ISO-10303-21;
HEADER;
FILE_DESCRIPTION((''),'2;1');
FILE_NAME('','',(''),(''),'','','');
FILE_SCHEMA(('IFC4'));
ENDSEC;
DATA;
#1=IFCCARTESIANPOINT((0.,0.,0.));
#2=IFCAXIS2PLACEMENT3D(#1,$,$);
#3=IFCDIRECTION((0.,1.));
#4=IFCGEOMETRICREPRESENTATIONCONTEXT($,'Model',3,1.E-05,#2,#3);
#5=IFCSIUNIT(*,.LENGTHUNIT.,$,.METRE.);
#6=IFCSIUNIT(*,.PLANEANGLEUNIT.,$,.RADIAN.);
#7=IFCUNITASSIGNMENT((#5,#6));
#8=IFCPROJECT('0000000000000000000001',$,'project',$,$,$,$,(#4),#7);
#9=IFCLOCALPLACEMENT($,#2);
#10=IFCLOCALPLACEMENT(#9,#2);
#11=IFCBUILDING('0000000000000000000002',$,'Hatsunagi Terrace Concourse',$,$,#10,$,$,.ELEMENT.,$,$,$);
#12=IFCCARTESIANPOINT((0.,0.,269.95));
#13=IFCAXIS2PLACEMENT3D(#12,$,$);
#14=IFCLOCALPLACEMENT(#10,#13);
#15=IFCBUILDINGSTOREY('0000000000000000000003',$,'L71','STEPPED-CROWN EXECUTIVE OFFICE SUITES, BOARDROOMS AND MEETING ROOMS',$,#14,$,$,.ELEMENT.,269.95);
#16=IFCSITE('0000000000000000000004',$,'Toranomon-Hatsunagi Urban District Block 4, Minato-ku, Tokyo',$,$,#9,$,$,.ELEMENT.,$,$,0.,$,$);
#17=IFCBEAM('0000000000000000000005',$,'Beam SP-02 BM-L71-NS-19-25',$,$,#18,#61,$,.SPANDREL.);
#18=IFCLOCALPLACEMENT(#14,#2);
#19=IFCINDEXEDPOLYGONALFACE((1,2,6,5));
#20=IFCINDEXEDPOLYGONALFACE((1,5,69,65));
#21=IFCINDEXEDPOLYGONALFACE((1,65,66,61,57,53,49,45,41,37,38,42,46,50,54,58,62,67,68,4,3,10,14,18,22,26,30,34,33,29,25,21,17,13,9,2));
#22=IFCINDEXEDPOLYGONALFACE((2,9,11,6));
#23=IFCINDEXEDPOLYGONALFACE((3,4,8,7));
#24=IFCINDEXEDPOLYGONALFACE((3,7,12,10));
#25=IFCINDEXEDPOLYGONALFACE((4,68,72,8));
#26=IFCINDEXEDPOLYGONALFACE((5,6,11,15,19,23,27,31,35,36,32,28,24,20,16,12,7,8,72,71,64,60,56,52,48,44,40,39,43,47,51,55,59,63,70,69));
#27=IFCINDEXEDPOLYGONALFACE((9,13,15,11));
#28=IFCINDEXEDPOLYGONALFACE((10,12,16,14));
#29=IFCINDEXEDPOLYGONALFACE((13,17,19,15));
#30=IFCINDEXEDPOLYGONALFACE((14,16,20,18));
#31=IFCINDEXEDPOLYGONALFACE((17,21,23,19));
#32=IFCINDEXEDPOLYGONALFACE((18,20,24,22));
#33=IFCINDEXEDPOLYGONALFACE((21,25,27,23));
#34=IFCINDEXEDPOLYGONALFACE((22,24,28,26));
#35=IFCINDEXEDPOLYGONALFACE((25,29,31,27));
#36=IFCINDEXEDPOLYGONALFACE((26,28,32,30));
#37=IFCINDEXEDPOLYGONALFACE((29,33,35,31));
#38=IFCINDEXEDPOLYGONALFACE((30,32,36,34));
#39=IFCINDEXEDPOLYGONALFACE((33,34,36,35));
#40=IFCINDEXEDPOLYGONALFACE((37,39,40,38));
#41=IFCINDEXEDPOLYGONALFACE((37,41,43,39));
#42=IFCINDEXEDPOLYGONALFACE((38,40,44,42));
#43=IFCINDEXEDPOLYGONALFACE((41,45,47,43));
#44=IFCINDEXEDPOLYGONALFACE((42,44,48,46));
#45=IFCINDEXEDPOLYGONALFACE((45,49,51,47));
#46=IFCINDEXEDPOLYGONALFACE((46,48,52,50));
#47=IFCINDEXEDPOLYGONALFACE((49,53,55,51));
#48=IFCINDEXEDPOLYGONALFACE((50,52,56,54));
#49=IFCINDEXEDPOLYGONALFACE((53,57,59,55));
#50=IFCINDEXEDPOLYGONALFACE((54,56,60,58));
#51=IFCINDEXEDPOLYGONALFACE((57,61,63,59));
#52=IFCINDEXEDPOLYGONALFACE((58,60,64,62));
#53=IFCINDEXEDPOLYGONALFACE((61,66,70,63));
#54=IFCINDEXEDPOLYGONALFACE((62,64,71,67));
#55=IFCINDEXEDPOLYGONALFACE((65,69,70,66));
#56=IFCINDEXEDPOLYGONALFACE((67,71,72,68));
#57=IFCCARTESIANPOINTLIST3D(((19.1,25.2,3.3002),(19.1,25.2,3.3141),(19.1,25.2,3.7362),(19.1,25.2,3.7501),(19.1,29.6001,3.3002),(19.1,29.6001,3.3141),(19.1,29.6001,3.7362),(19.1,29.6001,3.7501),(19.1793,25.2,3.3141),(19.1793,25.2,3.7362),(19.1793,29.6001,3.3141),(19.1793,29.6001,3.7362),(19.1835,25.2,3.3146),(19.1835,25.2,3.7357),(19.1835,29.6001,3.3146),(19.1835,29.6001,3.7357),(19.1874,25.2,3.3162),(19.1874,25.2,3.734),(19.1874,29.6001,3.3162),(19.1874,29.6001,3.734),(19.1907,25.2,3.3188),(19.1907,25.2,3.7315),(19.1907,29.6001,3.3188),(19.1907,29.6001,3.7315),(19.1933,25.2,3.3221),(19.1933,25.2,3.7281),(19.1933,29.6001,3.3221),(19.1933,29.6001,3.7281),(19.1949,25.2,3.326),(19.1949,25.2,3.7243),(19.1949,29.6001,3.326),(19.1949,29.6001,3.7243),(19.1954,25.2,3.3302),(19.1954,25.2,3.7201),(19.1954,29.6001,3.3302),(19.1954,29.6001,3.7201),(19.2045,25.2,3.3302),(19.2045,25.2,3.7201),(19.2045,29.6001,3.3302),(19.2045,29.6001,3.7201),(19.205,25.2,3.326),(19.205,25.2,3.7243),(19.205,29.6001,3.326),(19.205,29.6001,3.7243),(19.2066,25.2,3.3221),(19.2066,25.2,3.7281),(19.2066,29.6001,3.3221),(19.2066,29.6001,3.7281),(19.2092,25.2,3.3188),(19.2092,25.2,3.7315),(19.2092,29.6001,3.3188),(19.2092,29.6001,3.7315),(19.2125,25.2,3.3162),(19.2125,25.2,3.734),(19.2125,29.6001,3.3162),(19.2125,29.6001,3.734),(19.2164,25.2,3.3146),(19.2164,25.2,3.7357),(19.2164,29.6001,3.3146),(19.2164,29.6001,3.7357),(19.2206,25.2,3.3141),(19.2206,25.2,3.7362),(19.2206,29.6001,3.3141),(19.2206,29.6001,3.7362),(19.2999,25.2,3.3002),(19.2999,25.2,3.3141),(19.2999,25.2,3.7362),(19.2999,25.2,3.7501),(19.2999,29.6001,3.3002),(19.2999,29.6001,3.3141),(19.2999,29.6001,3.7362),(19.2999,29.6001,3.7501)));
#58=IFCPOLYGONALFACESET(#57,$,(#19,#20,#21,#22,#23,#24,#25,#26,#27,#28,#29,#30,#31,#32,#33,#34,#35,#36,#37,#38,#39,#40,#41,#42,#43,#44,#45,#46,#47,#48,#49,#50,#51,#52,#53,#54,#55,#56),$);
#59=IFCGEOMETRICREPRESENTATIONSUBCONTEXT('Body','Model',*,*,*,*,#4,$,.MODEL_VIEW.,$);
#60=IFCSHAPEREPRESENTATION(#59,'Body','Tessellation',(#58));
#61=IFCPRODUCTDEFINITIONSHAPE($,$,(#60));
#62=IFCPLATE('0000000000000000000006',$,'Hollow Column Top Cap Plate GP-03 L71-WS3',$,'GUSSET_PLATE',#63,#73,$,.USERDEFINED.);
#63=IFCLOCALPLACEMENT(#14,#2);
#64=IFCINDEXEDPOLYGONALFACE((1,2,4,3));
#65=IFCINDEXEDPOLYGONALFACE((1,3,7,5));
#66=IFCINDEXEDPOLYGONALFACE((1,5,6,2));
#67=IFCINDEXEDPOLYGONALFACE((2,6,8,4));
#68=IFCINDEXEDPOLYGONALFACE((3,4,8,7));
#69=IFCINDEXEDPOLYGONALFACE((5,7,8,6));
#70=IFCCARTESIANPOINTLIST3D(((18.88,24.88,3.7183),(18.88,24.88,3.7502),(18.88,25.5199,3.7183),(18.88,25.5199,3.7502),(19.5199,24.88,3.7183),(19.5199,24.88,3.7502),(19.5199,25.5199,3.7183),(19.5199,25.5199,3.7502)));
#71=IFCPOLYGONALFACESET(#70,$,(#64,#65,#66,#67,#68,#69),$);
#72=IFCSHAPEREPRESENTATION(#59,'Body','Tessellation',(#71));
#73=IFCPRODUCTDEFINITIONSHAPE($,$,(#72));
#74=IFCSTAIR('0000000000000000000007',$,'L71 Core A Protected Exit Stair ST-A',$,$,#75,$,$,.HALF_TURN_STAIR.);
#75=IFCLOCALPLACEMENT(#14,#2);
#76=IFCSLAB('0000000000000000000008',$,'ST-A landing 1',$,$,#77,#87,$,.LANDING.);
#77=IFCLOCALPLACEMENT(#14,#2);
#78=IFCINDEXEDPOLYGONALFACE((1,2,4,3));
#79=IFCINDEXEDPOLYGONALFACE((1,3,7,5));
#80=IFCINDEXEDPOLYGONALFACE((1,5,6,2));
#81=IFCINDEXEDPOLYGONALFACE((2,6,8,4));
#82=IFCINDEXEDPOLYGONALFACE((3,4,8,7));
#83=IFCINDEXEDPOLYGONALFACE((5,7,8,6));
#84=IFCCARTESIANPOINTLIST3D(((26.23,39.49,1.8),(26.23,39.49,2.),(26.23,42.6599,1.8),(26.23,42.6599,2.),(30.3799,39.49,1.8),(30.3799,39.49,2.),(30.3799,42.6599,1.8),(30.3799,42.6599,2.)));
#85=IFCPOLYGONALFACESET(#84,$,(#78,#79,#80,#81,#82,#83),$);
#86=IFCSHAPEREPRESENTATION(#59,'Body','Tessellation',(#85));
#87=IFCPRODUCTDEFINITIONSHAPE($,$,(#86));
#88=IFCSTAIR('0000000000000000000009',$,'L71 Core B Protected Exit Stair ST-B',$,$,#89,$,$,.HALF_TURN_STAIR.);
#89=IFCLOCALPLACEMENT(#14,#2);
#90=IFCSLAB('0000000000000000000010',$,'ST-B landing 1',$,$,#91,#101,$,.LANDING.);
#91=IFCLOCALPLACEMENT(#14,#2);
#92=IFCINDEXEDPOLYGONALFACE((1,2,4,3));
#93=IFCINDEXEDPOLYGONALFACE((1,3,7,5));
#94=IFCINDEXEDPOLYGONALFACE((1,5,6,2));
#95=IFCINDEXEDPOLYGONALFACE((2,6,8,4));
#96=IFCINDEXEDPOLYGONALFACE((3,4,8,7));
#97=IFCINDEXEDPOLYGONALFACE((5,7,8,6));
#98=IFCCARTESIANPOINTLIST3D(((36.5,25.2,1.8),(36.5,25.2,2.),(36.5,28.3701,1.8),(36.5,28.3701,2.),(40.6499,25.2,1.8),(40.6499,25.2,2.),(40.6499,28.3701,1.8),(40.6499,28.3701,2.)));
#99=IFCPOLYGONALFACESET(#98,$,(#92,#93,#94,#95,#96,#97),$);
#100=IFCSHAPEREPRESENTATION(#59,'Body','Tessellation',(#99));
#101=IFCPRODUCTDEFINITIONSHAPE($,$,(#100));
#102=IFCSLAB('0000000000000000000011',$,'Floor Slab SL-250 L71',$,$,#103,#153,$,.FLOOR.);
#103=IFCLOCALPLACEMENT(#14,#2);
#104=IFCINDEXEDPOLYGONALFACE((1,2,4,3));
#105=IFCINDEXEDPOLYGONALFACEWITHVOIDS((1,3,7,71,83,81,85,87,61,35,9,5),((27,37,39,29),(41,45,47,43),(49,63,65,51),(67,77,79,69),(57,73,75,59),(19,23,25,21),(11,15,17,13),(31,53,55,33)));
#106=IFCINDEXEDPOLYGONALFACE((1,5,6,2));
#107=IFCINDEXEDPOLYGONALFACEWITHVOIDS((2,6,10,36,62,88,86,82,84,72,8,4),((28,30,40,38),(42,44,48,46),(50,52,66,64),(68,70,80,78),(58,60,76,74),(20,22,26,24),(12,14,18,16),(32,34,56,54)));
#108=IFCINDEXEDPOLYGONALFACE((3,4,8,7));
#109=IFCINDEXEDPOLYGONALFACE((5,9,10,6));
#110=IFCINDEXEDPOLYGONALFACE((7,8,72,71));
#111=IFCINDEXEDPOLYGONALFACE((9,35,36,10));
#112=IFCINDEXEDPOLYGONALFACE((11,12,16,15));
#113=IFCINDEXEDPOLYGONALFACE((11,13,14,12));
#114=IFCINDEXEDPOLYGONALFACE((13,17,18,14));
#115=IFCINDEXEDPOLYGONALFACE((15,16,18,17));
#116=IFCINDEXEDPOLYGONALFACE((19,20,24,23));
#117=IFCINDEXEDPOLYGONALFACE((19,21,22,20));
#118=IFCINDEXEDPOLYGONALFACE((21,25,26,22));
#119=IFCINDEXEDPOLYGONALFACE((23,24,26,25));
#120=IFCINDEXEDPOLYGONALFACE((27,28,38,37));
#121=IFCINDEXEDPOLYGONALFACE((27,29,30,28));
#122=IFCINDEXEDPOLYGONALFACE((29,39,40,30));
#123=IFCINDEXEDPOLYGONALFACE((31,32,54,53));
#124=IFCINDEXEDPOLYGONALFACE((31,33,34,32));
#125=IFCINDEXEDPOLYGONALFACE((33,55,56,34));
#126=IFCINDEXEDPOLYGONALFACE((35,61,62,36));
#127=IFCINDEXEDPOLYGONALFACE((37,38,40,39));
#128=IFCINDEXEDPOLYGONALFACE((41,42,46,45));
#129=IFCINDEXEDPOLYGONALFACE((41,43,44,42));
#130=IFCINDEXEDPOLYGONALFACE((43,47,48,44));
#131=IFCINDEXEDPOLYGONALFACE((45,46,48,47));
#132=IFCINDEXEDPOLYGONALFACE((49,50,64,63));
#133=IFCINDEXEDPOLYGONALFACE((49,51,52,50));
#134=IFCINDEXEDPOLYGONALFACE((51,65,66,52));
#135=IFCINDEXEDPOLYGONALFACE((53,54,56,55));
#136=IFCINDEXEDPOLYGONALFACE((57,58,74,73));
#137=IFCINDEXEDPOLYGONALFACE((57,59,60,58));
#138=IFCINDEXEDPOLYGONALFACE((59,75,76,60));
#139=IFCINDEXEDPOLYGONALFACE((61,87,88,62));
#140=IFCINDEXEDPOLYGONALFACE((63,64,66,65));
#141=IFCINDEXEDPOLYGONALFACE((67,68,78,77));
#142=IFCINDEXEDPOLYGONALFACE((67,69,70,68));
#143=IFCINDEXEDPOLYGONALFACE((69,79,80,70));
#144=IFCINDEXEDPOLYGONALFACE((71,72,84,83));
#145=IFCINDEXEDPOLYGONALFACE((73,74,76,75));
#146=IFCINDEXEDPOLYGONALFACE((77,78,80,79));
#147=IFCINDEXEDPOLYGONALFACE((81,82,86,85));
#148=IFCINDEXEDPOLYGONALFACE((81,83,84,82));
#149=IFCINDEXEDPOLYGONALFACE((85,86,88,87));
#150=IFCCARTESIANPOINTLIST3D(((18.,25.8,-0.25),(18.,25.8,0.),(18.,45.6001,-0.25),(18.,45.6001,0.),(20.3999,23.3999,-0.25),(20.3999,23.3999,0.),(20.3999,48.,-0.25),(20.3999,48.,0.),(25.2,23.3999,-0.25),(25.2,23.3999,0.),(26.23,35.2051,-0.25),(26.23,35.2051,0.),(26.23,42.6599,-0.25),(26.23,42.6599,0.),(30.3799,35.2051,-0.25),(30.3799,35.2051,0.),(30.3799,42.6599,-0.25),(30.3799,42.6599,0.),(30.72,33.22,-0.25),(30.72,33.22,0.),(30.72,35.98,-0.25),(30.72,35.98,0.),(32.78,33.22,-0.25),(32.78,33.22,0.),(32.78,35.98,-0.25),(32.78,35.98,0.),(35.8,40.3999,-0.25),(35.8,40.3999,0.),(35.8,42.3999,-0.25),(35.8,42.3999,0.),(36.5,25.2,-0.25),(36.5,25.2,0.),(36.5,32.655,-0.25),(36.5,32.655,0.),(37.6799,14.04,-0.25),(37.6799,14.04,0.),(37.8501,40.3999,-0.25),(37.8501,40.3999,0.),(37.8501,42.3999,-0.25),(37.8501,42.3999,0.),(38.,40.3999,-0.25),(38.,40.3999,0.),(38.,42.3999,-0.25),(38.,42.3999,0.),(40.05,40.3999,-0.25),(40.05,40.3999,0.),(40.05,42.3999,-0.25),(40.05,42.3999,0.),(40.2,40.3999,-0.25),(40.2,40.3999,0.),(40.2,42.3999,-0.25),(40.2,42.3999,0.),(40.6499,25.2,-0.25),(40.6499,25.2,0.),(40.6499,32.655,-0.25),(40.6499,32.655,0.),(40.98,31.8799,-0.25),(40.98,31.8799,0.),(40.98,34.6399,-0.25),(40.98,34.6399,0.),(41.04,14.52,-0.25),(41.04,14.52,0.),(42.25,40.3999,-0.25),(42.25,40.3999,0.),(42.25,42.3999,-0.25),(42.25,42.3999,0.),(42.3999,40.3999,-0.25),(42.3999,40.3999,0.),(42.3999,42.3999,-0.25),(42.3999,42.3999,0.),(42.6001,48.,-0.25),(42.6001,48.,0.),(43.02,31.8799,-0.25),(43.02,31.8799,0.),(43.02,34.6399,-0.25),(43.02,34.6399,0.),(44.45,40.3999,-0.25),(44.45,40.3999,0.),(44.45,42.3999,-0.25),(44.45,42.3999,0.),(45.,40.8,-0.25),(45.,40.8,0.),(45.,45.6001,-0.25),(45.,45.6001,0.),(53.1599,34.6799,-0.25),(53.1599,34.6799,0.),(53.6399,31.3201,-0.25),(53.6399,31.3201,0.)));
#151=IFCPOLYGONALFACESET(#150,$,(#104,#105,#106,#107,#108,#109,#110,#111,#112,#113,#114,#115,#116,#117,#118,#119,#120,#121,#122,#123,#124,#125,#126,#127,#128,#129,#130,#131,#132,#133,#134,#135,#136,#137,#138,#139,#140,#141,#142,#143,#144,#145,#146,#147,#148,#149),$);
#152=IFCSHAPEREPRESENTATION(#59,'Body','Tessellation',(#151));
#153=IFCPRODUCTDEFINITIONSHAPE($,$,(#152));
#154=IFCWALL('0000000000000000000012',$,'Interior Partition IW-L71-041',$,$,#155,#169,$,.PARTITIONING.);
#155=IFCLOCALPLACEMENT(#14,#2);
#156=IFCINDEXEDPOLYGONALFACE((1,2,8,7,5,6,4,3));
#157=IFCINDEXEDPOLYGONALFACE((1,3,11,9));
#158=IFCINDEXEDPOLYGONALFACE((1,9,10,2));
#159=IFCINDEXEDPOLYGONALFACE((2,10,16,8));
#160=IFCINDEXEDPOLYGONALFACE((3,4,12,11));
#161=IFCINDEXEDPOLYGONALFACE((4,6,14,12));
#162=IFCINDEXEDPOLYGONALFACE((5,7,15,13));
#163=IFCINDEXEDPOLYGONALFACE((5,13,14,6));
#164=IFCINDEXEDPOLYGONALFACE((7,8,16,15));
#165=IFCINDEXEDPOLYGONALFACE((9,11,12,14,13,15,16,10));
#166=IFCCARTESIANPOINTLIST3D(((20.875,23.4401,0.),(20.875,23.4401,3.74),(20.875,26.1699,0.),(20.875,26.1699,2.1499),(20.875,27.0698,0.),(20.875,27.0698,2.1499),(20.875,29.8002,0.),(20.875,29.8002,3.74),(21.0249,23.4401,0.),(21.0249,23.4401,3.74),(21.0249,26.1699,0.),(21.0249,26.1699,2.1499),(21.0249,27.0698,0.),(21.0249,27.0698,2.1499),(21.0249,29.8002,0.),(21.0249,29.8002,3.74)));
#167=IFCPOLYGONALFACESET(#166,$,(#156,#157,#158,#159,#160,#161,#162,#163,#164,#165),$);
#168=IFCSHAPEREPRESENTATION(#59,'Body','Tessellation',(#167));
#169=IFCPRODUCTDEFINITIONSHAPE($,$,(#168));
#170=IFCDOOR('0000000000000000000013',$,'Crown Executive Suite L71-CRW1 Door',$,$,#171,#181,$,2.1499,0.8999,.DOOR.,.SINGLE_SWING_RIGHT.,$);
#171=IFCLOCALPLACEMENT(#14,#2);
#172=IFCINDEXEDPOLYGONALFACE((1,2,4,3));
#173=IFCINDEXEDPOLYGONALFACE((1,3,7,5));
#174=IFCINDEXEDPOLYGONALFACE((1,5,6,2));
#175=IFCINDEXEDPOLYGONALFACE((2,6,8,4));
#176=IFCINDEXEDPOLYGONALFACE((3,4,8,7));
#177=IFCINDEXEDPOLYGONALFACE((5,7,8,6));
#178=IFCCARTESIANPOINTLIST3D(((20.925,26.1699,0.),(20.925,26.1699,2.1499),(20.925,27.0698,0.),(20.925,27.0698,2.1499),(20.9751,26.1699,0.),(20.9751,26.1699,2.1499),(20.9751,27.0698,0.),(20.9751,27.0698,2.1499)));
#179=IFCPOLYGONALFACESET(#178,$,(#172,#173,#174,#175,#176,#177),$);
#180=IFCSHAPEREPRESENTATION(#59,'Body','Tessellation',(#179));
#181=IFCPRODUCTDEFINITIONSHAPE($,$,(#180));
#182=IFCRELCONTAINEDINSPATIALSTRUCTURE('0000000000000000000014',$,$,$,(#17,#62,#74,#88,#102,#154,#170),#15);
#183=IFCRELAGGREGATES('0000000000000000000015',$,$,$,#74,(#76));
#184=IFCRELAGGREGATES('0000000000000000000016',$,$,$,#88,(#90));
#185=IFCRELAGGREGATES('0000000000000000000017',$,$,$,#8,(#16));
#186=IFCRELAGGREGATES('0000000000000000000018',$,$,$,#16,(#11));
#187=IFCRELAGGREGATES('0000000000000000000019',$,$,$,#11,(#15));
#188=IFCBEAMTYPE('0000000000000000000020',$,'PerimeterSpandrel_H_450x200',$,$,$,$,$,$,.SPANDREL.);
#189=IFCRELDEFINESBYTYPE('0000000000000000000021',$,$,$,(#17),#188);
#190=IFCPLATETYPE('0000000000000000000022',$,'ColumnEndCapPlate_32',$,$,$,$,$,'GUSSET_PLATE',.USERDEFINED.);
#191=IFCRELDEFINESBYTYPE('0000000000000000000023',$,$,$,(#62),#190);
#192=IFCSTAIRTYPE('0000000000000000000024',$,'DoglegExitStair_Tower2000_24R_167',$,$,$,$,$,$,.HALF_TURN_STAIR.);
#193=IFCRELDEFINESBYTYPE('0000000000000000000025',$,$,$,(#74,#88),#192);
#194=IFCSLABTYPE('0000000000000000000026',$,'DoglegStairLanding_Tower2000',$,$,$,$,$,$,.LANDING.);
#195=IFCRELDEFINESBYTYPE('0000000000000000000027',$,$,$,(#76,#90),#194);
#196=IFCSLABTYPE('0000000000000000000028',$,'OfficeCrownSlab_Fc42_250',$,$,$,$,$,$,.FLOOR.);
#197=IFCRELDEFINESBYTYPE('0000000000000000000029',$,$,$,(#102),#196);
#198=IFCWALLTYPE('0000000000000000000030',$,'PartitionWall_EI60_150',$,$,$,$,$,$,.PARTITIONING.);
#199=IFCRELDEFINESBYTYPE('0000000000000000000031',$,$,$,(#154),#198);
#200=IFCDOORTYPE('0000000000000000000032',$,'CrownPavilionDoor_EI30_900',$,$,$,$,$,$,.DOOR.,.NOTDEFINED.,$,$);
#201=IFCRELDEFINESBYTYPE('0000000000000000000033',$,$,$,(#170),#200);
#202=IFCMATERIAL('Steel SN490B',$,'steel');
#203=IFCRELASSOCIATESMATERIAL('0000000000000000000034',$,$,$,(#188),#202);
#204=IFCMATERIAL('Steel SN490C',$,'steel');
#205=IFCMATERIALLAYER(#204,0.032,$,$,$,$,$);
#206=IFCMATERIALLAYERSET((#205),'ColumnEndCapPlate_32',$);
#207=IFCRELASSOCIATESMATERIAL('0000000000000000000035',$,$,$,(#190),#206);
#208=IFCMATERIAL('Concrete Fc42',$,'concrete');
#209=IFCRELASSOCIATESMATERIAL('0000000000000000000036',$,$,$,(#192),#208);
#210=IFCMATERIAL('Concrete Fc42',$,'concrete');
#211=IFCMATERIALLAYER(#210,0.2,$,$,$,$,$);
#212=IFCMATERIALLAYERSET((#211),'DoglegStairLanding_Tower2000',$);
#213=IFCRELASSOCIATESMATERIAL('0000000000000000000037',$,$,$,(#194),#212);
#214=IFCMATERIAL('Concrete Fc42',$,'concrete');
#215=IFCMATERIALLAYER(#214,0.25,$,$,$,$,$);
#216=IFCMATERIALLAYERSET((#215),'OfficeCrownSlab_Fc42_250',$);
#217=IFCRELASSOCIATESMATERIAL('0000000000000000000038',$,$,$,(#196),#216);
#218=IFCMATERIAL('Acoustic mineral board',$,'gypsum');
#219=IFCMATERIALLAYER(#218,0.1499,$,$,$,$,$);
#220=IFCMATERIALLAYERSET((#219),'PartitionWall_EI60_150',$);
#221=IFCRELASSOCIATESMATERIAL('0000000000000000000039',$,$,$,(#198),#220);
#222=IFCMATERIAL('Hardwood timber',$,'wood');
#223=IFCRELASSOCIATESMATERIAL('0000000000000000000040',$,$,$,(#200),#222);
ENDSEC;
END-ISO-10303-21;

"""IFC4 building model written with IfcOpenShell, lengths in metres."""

from ifc_helpers import new_model, si_unit, direction, frame, frame_2d, origin, origin_2d, place, context, subcontext, project, spatial, polyline, rectangle, i_section, outline, extrude, material, layer, layer_set, material_profile, profile_set, type_object, element, fill, aggregate, save


model = new_model("IFC4")

# Units and contexts
model_context = context("Model", 3, precision=1e-05, world=origin(), true_north=direction((0.0, 1.0)))
body_context = subcontext(model_context, "Body", "Model", "MODEL_VIEW")
ifc_project = project(units=[si_unit("LENGTHUNIT", "METRE"), si_unit("PLANEANGLEUNIT", "RADIAN")], contexts=[model_context])

# Site, building, storey
site_placement = place(None, origin())
site = spatial("IfcSite", under=ifc_project, at=site_placement, Name="Toranomon-Hatsunagi Urban District Block 4, Minato-ku, Tokyo", CompositionType="ELEMENT", RefElevation=0.0)
building_placement = place(site_placement, origin())
building = spatial("IfcBuilding", under=site, at=building_placement, Name="Hatsunagi Terrace Concourse", CompositionType="ELEMENT")
storey_placement = place(building_placement, frame((0.0, 0.0, 269.95)))
storey = spatial("IfcBuildingStorey", under=building, at=storey_placement, Name="L71", Description="STEPPED-CROWN EXECUTIVE OFFICE SUITES, BOARDROOMS AND MEETING ROOMS", CompositionType="ELEMENT", Elevation=269.95)

# Beam
ifc_material_1 = material(Name="Steel SN490B", Category="steel")
ifc_material_profile_1 = material_profile(ifc_material_1, i_section(OverallWidth=0.2, OverallDepth=0.45, WebThickness=0.009, FlangeThickness=0.0139, FilletRadius=0.0161, at=origin_2d()), Name="H-450x200x9x14")
ifc_profile_set_1 = profile_set([ifc_material_profile_1], Name="Steel SN490B")
beam_type_1 = type_object("IfcBeamType", Name="PerimeterSpandrel_H_450x200", PredefinedType="SPANDREL", material=ifc_profile_set_1)
beam_1_placement = place(storey_placement, frame((19.2, 25.2, 3.5251), z_axis=(0.0, 1.0, 0.0), x_axis=(-1.0, 0.0, 0.0)))
element("IfcBeam", 1, at=beam_1_placement, inside=storey, type_object=beam_type_1, Name="Beam SP-02 BM-L71-NS-19-25", PredefinedType="SPANDREL", context=body_context, shape_type="SweptSolid", body=[
    extrude(i_section(OverallWidth=0.2, OverallDepth=0.45, WebThickness=0.009, FlangeThickness=0.0139, FilletRadius=0.0161, at=origin_2d()), origin(), (0.0, 0.0, 1.0), 4.4001),
])

# Plate
ifc_material_2 = material(Name="Steel SN490C", Category="steel")
ifc_layer_1 = layer(ifc_material_2, 0.032)
ifc_layer_set_1 = layer_set([ifc_layer_1], Name="ColumnEndCapPlate_32")
plate_type = type_object("IfcPlateType", Name="ColumnEndCapPlate_32", ElementType="GUSSET_PLATE", PredefinedType="USERDEFINED", material=ifc_layer_set_1)
plate_placement = place(storey_placement, frame((19.2, 25.2, 3.7183), z_axis=(0.0, 0.0, 1.0), x_axis=(1.0, 0.0, 0.0)))
element("IfcPlate", 2, at=plate_placement, inside=storey, type_object=plate_type, Name="Hollow Column Top Cap Plate GP-03 L71-WS3", ObjectType="GUSSET_PLATE", PredefinedType="USERDEFINED", context=body_context, shape_type="SweptSolid", body=[
    extrude(rectangle(XDim=0.6399, YDim=0.6399, at=origin_2d()), origin(), (0.0, 0.0, 1.0), 0.032),
])

# Stairs, slabs
ifc_material_3 = material(Name="Concrete Fc42", Category="concrete")
stair_type = type_object("IfcStairType", Name="DoglegExitStair_Tower2000_24R_167", PredefinedType="HALF_TURN_STAIR", material=ifc_material_3)
stair_1_placement = place(storey_placement, origin())
stair_1 = element("IfcStair", 3, at=stair_1_placement, inside=storey, type_object=stair_type, Name="L71 Core A Protected Exit Stair ST-A", PredefinedType="HALF_TURN_STAIR")
ifc_material_4 = material(Name="Concrete Fc42", Category="concrete")
ifc_layer_2 = layer(ifc_material_4, 0.2)
ifc_layer_set_2 = layer_set([ifc_layer_2], Name="DoglegStairLanding_Tower2000")
slab_type_1 = type_object("IfcSlabType", Name="DoglegStairLanding_Tower2000", PredefinedType="LANDING", material=ifc_layer_set_2)
slab_1_placement = place(storey_placement, frame((0.0, 0.0, 1.8)))
slab_1 = element("IfcSlab", 4, at=slab_1_placement, type_object=slab_type_1, Name="ST-A landing 1", PredefinedType="LANDING", context=body_context, shape_type="SweptSolid", body=[
    extrude(outline(polyline([(30.3799, 39.49), (30.3799, 42.6599), (26.23, 42.6599), (26.23, 39.49), (30.3799, 39.49)])), origin(), (0.0, 0.0, 1.0), 0.2),
])
aggregate(stair_1, [slab_1])
stair_2_placement = place(storey_placement, origin())
stair_2 = element("IfcStair", 5, at=stair_2_placement, inside=storey, type_object=stair_type, Name="L71 Core B Protected Exit Stair ST-B", PredefinedType="HALF_TURN_STAIR")
slab_2_placement = place(storey_placement, frame((0.0, 0.0, 1.8)))
slab_2 = element("IfcSlab", 6, at=slab_2_placement, type_object=slab_type_1, Name="ST-B landing 1", PredefinedType="LANDING", context=body_context, shape_type="SweptSolid", body=[
    extrude(outline(polyline([(36.5, 28.3701), (36.5, 25.2), (40.6499, 25.2), (40.6499, 28.3701), (36.5, 28.3701)])), origin(), (0.0, 0.0, 1.0), 0.2),
])
aggregate(stair_2, [slab_2])

# Slab
ifc_material_5 = material(Name="Concrete Fc42", Category="concrete")
ifc_layer_3 = layer(ifc_material_5, 0.25)
ifc_layer_set_3 = layer_set([ifc_layer_3], Name="OfficeCrownSlab_Fc42_250")
slab_type_2 = type_object("IfcSlabType", Name="OfficeCrownSlab_Fc42_250", PredefinedType="FLOOR", material=ifc_layer_set_3)
slab_3_placement = place(storey_placement, frame((0.0, 0.0, -0.25)))
element("IfcSlab", 7, at=slab_3_placement, inside=storey, type_object=slab_type_2, Name="Floor Slab SL-250 L71", PredefinedType="FLOOR", context=body_context, shape_type="SweptSolid", body=[
    extrude(outline(polyline([(45.0, 40.8), (45.0, 45.6001), (42.6001, 48.0), (20.3999, 48.0), (18.0, 45.6001), (18.0, 25.8), (20.3999, 23.3999), (25.2, 23.3999), (37.6799, 14.04), (41.04, 14.52), (53.6399, 31.3201), (53.1599, 34.6799), (45.0, 40.8)]), holes=[polyline([(26.23, 35.2051), (30.3799, 35.2051), (30.3799, 42.6599), (26.23, 42.6599), (26.23, 35.2051)]), polyline([(36.5, 25.2), (40.6499, 25.2), (40.6499, 32.655), (36.5, 32.655), (36.5, 25.2)]), polyline([(30.72, 33.22), (32.78, 33.22), (32.78, 35.98), (30.72, 35.98), (30.72, 33.22)]), polyline([(40.98, 31.8799), (43.02, 31.8799), (43.02, 34.6399), (40.98, 34.6399), (40.98, 31.8799)]), polyline([(35.8, 40.3999), (37.8501, 40.3999), (37.8501, 42.3999), (35.8, 42.3999), (35.8, 40.3999)]), polyline([(38.0, 40.3999), (40.05, 40.3999), (40.05, 42.3999), (38.0, 42.3999), (38.0, 40.3999)]), polyline([(40.2, 40.3999), (42.25, 40.3999), (42.25, 42.3999), (40.2, 42.3999), (40.2, 40.3999)]), polyline([(42.3999, 40.3999), (44.45, 40.3999), (44.45, 42.3999), (42.3999, 42.3999), (42.3999, 40.3999)])]), origin(), (0.0, 0.0, 1.0), 0.25),
])

# Wall, opening, door
ifc_material_6 = material(Name="Acoustic mineral board", Category="gypsum")
ifc_layer_4 = layer(ifc_material_6, 0.1499)
ifc_layer_set_4 = layer_set([ifc_layer_4], Name="PartitionWall_EI60_150")
wall_type_1 = type_object("IfcWallType", Name="PartitionWall_EI60_150", PredefinedType="PARTITIONING", material=ifc_layer_set_4)
wall_1_placement = place(storey_placement, frame((20.95, 23.4399, 0.0), z_axis=(0.0, 0.0, 1.0), x_axis=(0.0, 1.0, 0.0)))
wall_1 = element("IfcWall", 8, at=wall_1_placement, inside=storey, type_object=wall_type_1, Name="Interior Partition IW-L71-041", PredefinedType="PARTITIONING", context=body_context, shape_type="SweptSolid", body=[
    extrude(rectangle(XDim=6.3601, YDim=0.1499, at=frame_2d((3.1802, 0.0))), origin(), (0.0, 0.0, 1.0), 3.74),
])
opening_placement = place(wall_1_placement, frame((2.73, 0.0, 0.0)))
opening = element("IfcOpeningElement", 9, at=opening_placement, cuts=wall_1, PredefinedType="OPENING", context=body_context, shape_type="SweptSolid", body=[
    extrude(rectangle(XDim=0.8999, YDim=2.1499, at=frame_2d((0.45, 1.075))), frame((0.0, 0.085, 0.0), z_axis=(0.0, -1.0, 0.0), x_axis=(1.0, 0.0, 0.0)), (0.0, 0.0, 1.0), 0.1699),
])
ifc_material_7 = material(Name="Hardwood timber", Category="wood")
door_type = type_object("IfcDoorType", Name="CrownPavilionDoor_EI30_900", OperationType="NOTDEFINED", PredefinedType="DOOR", material=ifc_material_7)
door_placement = place(opening_placement, origin())
door = element("IfcDoor", 10, at=door_placement, inside=storey, type_object=door_type, Name="Crown Executive Suite L71-CRW1 Door", OperationType="SINGLE_SWING_RIGHT", OverallHeight=2.1499, OverallWidth=0.8999, PredefinedType="DOOR", context=body_context, shape_type="SweptSolid", body=[
    extrude(rectangle(XDim=0.8999, YDim=2.1499, at=frame_2d((0.45, 1.075))), frame((0.0, 0.0249, 0.0), z_axis=(0.0, -1.0, 0.0), x_axis=(1.0, 0.0, 0.0)), (0.0, 0.0, 1.0), 0.05),
])
fill(opening, door)

save(model, "model.ifc")
